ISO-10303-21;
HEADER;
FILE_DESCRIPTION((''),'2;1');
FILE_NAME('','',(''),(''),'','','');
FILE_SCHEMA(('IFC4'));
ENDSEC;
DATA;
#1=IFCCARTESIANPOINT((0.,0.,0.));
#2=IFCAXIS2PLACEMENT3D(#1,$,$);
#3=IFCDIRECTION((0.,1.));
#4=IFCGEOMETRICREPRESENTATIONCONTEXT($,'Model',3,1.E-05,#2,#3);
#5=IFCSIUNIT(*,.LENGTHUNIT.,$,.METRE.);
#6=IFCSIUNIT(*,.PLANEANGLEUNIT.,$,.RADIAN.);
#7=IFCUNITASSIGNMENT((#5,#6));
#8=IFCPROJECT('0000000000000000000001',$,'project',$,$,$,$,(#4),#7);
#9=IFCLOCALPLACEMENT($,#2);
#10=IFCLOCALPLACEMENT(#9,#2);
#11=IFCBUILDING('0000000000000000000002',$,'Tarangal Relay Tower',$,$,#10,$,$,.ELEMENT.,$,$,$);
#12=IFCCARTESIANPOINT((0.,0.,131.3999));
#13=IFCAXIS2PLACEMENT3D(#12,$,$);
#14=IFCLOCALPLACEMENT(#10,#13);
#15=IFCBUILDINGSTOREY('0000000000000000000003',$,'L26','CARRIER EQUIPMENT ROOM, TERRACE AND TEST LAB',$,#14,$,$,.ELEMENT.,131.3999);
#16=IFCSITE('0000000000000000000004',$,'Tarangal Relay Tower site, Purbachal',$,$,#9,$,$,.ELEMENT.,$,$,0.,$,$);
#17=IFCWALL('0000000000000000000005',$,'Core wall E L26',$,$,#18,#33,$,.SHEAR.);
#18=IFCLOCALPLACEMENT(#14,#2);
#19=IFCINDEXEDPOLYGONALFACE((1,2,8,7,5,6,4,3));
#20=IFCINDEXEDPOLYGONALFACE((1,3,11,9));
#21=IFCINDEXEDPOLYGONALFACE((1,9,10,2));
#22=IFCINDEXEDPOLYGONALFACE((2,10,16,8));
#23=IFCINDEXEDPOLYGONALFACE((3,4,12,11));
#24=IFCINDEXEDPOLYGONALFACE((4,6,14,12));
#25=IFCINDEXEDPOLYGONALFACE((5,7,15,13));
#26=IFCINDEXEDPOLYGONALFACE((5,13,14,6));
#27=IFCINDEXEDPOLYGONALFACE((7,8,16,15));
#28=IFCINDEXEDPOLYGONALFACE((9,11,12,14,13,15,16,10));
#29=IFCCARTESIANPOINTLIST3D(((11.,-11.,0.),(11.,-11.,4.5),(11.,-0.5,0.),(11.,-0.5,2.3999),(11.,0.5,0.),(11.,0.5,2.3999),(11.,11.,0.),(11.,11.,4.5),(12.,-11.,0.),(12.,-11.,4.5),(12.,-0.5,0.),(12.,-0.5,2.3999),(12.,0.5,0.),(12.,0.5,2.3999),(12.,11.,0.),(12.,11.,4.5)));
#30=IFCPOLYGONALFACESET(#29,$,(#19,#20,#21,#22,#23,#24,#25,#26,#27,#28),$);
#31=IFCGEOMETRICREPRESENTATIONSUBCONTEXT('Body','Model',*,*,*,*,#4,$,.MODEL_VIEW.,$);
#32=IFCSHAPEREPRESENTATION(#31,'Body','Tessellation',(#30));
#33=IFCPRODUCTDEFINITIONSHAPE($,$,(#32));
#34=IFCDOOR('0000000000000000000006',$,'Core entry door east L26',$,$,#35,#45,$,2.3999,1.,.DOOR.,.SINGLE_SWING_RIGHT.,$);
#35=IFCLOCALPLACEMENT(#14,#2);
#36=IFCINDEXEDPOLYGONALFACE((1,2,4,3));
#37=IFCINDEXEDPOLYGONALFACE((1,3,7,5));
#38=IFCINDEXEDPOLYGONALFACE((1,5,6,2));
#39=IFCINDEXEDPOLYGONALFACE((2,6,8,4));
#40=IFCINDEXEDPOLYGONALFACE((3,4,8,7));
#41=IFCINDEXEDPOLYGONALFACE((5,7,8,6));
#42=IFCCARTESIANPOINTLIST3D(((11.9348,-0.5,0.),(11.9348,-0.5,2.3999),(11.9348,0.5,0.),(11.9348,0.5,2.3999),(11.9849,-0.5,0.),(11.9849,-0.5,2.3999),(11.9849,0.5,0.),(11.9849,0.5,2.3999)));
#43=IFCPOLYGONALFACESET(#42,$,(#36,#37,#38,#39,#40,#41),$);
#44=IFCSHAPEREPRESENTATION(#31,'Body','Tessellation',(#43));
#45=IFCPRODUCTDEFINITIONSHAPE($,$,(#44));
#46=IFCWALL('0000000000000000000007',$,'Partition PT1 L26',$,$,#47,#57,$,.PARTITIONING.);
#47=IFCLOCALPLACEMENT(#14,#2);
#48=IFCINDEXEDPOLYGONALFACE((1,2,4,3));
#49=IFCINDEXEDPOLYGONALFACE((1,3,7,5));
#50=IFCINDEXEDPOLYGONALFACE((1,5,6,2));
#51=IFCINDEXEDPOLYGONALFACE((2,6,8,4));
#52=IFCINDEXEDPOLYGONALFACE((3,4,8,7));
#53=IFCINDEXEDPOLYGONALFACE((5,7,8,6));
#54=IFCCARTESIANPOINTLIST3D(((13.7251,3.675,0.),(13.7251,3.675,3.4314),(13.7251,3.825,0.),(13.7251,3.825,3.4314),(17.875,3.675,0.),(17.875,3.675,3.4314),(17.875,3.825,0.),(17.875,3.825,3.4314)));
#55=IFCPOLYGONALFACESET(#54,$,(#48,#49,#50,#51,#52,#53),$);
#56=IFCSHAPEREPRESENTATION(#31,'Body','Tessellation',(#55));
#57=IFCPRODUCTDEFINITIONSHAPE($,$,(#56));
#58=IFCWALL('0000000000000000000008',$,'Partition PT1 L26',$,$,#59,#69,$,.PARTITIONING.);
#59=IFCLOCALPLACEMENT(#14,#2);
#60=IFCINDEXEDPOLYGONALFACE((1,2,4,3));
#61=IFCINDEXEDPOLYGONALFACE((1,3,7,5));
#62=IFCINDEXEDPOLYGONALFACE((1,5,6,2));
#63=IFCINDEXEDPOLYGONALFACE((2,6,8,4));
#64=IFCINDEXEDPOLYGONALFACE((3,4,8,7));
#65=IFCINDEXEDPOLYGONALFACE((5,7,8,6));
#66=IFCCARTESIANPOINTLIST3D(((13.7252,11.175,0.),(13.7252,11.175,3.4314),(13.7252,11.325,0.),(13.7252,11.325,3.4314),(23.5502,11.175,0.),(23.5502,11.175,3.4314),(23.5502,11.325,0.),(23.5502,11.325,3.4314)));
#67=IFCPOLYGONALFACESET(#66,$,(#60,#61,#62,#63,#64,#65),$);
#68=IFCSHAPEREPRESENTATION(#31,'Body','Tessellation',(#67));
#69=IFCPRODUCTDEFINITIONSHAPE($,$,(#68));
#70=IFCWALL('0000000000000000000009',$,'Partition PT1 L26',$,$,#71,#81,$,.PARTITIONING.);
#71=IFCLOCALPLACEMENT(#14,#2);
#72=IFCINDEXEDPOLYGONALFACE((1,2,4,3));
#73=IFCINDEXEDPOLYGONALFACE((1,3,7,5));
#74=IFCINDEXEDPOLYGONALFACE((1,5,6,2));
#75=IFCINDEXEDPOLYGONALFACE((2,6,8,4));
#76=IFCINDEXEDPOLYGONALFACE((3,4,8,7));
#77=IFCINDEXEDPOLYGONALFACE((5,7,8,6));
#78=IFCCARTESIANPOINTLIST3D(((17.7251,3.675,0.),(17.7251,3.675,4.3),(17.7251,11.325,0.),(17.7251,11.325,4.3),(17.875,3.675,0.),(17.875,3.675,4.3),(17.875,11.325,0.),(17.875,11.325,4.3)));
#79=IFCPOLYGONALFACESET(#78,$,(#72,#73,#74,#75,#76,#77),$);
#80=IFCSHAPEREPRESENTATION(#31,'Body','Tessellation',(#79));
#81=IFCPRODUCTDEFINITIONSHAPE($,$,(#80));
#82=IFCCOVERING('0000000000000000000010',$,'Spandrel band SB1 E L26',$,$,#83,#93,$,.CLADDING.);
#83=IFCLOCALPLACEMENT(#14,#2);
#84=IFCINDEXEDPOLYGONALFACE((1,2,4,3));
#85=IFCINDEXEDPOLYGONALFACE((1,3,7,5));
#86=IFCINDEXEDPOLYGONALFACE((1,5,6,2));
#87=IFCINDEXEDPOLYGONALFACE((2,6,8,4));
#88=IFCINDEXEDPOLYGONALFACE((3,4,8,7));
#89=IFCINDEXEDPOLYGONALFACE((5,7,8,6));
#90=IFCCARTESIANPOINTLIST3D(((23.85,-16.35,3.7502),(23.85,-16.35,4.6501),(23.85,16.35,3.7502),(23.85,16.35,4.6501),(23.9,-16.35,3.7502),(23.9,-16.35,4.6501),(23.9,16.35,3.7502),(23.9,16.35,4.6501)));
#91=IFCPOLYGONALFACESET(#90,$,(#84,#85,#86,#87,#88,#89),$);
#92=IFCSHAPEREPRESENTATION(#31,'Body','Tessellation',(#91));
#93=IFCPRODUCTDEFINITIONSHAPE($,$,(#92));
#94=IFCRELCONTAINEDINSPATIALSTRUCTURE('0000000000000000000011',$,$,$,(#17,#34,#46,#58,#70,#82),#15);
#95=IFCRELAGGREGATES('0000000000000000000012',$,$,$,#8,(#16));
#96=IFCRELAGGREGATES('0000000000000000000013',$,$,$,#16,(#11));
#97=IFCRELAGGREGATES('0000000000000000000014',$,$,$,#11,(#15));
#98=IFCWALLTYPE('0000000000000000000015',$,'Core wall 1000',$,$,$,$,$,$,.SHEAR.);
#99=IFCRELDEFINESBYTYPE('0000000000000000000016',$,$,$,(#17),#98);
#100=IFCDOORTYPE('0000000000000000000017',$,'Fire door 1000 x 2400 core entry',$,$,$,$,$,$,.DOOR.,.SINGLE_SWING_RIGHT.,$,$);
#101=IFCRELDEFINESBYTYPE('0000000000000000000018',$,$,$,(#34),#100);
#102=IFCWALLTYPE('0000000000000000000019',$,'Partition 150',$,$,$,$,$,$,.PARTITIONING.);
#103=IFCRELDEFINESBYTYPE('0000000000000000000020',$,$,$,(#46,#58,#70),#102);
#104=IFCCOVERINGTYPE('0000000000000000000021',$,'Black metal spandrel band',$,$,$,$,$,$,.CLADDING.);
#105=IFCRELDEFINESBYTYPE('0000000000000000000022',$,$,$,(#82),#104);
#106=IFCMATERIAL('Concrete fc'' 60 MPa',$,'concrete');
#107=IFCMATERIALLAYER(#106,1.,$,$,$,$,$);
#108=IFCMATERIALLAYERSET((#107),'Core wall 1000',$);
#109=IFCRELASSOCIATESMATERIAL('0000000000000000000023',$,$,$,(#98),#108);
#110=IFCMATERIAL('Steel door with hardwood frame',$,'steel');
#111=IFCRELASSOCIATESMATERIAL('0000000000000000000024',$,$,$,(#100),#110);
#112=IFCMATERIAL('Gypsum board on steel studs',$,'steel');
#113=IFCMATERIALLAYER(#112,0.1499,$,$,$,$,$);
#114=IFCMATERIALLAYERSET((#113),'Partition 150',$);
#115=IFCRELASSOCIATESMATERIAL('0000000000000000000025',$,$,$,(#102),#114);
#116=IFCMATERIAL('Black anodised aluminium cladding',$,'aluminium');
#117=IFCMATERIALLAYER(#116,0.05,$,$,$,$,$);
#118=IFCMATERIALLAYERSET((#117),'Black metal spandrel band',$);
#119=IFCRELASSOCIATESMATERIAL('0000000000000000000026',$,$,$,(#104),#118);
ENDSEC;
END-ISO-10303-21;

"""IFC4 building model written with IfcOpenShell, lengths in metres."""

from ifc_helpers import new_model, si_unit, direction, frame, frame_2d, origin, origin_2d, place, context, subcontext, project, spatial, rectangle, extrude, material, layer, layer_set, type_object, element, fill, save


model = new_model("IFC4")

# Units and contexts
model_context = context("Model", 3, precision=1e-05, world=origin(), true_north=direction((0.0, 1.0)))
body_context = subcontext(model_context, "Body", "Model", "MODEL_VIEW")
ifc_project = project(units=[si_unit("LENGTHUNIT", "METRE"), si_unit("PLANEANGLEUNIT", "RADIAN")], contexts=[model_context])

# Site, building, storey
site_placement = place(None, origin())
site = spatial("IfcSite", under=ifc_project, at=site_placement, Name="Tarangal Relay Tower site, Purbachal", CompositionType="ELEMENT", RefElevation=0.0)
building_placement = place(site_placement, origin())
building = spatial("IfcBuilding", under=site, at=building_placement, Name="Tarangal Relay Tower", CompositionType="ELEMENT")
storey_placement = place(building_placement, frame((0.0, 0.0, 131.3999)))
storey = spatial("IfcBuildingStorey", under=building, at=storey_placement, Name="L26", Description="CARRIER EQUIPMENT ROOM, TERRACE AND TEST LAB", CompositionType="ELEMENT", Elevation=131.3999)

# Wall, opening, door
ifc_material_1 = material(Name="Concrete fc' 60 MPa", Category="concrete")
ifc_layer_1 = layer(ifc_material_1, 1.0)
ifc_layer_set_1 = layer_set([ifc_layer_1], Name="Core wall 1000")
wall_type_1 = type_object("IfcWallType", Name="Core wall 1000", PredefinedType="SHEAR", material=ifc_layer_set_1)
wall_1_placement = place(storey_placement, frame((11.5, 11.0, 0.0), z_axis=(0.0, 0.0, 1.0), x_axis=(0.0, -1.0, 0.0)))
wall_1 = element("IfcWall", 1, at=wall_1_placement, inside=storey, type_object=wall_type_1, Name="Core wall E L26", PredefinedType="SHEAR", context=body_context, shape_type="SweptSolid", body=[
    extrude(rectangle(XDim=22.0, YDim=1.0, at=frame_2d((11.0, 0.0))), origin(), (0.0, 0.0, 1.0), 4.5),
])
opening_placement = place(wall_1_placement, frame((10.5, 0.0, 0.0)))
opening = element("IfcOpeningElement", 2, at=opening_placement, cuts=wall_1, PredefinedType="OPENING", context=body_context, shape_type="SweptSolid", body=[
    extrude(rectangle(XDim=1.0, YDim=2.3999, at=frame_2d((0.5, 1.2))), frame((0.0, 0.51, 0.0), z_axis=(0.0, -1.0, 0.0), x_axis=(1.0, 0.0, 0.0)), (0.0, 0.0, 1.0), 1.02),
])
ifc_material_2 = material(Name="Steel door with hardwood frame", Category="steel")
door_type = type_object("IfcDoorType", Name="Fire door 1000 x 2400 core entry", OperationType="SINGLE_SWING_RIGHT", PredefinedType="DOOR", material=ifc_material_2)
door_placement = place(opening_placement, origin())
door = element("IfcDoor", 3, at=door_placement, inside=storey, type_object=door_type, Name="Core entry door east L26", OperationType="SINGLE_SWING_RIGHT", OverallHeight=2.3999, OverallWidth=1.0, PredefinedType="DOOR", context=body_context, shape_type="SweptSolid", body=[
    extrude(rectangle(XDim=1.0, YDim=2.3999, at=frame_2d((0.5, 1.2))), frame((0.0, 0.4849, 0.0), z_axis=(0.0, -1.0, 0.0), x_axis=(1.0, 0.0, 0.0)), (0.0, 0.0, 1.0), 0.05),
])
fill(opening, door)

# Walls
ifc_material_3 = material(Name="Gypsum board on steel studs", Category="steel")
ifc_layer_2 = layer(ifc_material_3, 0.1499)
ifc_layer_set_2 = layer_set([ifc_layer_2], Name="Partition 150")
wall_type_2 = type_object("IfcWallType", Name="Partition 150", PredefinedType="PARTITIONING", material=ifc_layer_set_2)
wall_2_placement = place(storey_placement, frame((13.7251, 3.75, 0.0), z_axis=(0.0, 0.0, 1.0), x_axis=(1.0, 0.0, 0.0)))
element("IfcWall", 4, at=wall_2_placement, inside=storey, type_object=wall_type_2, Name="Partition PT1 L26", PredefinedType="PARTITIONING", context=body_context, shape_type="SweptSolid", body=[
    extrude(rectangle(XDim=4.1499, YDim=0.1499, at=frame_2d((2.075, 0.0))), origin(), (0.0, 0.0, 1.0), 3.4314),
])
wall_3_placement = place(storey_placement, frame((13.7251, 11.25, 0.0), z_axis=(0.0, 0.0, 1.0), x_axis=(1.0, 0.0, 0.0)))
element("IfcWall", 5, at=wall_3_placement, inside=storey, type_object=wall_type_2, Name="Partition PT1 L26", PredefinedType="PARTITIONING", context=body_context, shape_type="SweptSolid", body=[
    extrude(rectangle(XDim=9.825, YDim=0.1499, at=frame_2d((4.9126, 0.0))), origin(), (0.0, 0.0, 1.0), 3.4314),
])
wall_4_placement = place(storey_placement, frame((17.8, 3.675, 0.0), z_axis=(0.0, 0.0, 1.0), x_axis=(0.0, 1.0, 0.0)))
element("IfcWall", 6, at=wall_4_placement, inside=storey, type_object=wall_type_2, Name="Partition PT1 L26", PredefinedType="PARTITIONING", context=body_context, shape_type="SweptSolid", body=[
    extrude(rectangle(XDim=7.6499, YDim=0.1499, at=frame_2d((3.825, 0.0))), origin(), (0.0, 0.0, 1.0), 4.3),
])

# Covering
ifc_material_4 = material(Name="Black anodised aluminium cladding", Category="aluminium")
ifc_layer_3 = layer(ifc_material_4, 0.05)
ifc_layer_set_3 = layer_set([ifc_layer_3], Name="Black metal spandrel band")
covering_type = type_object("IfcCoveringType", Name="Black metal spandrel band", PredefinedType="CLADDING", material=ifc_layer_set_3)
covering_placement = place(storey_placement, frame((23.875, 0.0, 3.7502), z_axis=(0.0, 0.0, 1.0), x_axis=(0.0, -1.0, 0.0)))
element("IfcCovering", 7, at=covering_placement, inside=storey, type_object=covering_type, Name="Spandrel band SB1 E L26", PredefinedType="CLADDING", context=body_context, shape_type="SweptSolid", body=[
    extrude(rectangle(XDim=32.7, YDim=0.05, at=origin_2d()), origin(), (0.0, 0.0, 1.0), 0.8999),
])

save(model, "model.ifc")
